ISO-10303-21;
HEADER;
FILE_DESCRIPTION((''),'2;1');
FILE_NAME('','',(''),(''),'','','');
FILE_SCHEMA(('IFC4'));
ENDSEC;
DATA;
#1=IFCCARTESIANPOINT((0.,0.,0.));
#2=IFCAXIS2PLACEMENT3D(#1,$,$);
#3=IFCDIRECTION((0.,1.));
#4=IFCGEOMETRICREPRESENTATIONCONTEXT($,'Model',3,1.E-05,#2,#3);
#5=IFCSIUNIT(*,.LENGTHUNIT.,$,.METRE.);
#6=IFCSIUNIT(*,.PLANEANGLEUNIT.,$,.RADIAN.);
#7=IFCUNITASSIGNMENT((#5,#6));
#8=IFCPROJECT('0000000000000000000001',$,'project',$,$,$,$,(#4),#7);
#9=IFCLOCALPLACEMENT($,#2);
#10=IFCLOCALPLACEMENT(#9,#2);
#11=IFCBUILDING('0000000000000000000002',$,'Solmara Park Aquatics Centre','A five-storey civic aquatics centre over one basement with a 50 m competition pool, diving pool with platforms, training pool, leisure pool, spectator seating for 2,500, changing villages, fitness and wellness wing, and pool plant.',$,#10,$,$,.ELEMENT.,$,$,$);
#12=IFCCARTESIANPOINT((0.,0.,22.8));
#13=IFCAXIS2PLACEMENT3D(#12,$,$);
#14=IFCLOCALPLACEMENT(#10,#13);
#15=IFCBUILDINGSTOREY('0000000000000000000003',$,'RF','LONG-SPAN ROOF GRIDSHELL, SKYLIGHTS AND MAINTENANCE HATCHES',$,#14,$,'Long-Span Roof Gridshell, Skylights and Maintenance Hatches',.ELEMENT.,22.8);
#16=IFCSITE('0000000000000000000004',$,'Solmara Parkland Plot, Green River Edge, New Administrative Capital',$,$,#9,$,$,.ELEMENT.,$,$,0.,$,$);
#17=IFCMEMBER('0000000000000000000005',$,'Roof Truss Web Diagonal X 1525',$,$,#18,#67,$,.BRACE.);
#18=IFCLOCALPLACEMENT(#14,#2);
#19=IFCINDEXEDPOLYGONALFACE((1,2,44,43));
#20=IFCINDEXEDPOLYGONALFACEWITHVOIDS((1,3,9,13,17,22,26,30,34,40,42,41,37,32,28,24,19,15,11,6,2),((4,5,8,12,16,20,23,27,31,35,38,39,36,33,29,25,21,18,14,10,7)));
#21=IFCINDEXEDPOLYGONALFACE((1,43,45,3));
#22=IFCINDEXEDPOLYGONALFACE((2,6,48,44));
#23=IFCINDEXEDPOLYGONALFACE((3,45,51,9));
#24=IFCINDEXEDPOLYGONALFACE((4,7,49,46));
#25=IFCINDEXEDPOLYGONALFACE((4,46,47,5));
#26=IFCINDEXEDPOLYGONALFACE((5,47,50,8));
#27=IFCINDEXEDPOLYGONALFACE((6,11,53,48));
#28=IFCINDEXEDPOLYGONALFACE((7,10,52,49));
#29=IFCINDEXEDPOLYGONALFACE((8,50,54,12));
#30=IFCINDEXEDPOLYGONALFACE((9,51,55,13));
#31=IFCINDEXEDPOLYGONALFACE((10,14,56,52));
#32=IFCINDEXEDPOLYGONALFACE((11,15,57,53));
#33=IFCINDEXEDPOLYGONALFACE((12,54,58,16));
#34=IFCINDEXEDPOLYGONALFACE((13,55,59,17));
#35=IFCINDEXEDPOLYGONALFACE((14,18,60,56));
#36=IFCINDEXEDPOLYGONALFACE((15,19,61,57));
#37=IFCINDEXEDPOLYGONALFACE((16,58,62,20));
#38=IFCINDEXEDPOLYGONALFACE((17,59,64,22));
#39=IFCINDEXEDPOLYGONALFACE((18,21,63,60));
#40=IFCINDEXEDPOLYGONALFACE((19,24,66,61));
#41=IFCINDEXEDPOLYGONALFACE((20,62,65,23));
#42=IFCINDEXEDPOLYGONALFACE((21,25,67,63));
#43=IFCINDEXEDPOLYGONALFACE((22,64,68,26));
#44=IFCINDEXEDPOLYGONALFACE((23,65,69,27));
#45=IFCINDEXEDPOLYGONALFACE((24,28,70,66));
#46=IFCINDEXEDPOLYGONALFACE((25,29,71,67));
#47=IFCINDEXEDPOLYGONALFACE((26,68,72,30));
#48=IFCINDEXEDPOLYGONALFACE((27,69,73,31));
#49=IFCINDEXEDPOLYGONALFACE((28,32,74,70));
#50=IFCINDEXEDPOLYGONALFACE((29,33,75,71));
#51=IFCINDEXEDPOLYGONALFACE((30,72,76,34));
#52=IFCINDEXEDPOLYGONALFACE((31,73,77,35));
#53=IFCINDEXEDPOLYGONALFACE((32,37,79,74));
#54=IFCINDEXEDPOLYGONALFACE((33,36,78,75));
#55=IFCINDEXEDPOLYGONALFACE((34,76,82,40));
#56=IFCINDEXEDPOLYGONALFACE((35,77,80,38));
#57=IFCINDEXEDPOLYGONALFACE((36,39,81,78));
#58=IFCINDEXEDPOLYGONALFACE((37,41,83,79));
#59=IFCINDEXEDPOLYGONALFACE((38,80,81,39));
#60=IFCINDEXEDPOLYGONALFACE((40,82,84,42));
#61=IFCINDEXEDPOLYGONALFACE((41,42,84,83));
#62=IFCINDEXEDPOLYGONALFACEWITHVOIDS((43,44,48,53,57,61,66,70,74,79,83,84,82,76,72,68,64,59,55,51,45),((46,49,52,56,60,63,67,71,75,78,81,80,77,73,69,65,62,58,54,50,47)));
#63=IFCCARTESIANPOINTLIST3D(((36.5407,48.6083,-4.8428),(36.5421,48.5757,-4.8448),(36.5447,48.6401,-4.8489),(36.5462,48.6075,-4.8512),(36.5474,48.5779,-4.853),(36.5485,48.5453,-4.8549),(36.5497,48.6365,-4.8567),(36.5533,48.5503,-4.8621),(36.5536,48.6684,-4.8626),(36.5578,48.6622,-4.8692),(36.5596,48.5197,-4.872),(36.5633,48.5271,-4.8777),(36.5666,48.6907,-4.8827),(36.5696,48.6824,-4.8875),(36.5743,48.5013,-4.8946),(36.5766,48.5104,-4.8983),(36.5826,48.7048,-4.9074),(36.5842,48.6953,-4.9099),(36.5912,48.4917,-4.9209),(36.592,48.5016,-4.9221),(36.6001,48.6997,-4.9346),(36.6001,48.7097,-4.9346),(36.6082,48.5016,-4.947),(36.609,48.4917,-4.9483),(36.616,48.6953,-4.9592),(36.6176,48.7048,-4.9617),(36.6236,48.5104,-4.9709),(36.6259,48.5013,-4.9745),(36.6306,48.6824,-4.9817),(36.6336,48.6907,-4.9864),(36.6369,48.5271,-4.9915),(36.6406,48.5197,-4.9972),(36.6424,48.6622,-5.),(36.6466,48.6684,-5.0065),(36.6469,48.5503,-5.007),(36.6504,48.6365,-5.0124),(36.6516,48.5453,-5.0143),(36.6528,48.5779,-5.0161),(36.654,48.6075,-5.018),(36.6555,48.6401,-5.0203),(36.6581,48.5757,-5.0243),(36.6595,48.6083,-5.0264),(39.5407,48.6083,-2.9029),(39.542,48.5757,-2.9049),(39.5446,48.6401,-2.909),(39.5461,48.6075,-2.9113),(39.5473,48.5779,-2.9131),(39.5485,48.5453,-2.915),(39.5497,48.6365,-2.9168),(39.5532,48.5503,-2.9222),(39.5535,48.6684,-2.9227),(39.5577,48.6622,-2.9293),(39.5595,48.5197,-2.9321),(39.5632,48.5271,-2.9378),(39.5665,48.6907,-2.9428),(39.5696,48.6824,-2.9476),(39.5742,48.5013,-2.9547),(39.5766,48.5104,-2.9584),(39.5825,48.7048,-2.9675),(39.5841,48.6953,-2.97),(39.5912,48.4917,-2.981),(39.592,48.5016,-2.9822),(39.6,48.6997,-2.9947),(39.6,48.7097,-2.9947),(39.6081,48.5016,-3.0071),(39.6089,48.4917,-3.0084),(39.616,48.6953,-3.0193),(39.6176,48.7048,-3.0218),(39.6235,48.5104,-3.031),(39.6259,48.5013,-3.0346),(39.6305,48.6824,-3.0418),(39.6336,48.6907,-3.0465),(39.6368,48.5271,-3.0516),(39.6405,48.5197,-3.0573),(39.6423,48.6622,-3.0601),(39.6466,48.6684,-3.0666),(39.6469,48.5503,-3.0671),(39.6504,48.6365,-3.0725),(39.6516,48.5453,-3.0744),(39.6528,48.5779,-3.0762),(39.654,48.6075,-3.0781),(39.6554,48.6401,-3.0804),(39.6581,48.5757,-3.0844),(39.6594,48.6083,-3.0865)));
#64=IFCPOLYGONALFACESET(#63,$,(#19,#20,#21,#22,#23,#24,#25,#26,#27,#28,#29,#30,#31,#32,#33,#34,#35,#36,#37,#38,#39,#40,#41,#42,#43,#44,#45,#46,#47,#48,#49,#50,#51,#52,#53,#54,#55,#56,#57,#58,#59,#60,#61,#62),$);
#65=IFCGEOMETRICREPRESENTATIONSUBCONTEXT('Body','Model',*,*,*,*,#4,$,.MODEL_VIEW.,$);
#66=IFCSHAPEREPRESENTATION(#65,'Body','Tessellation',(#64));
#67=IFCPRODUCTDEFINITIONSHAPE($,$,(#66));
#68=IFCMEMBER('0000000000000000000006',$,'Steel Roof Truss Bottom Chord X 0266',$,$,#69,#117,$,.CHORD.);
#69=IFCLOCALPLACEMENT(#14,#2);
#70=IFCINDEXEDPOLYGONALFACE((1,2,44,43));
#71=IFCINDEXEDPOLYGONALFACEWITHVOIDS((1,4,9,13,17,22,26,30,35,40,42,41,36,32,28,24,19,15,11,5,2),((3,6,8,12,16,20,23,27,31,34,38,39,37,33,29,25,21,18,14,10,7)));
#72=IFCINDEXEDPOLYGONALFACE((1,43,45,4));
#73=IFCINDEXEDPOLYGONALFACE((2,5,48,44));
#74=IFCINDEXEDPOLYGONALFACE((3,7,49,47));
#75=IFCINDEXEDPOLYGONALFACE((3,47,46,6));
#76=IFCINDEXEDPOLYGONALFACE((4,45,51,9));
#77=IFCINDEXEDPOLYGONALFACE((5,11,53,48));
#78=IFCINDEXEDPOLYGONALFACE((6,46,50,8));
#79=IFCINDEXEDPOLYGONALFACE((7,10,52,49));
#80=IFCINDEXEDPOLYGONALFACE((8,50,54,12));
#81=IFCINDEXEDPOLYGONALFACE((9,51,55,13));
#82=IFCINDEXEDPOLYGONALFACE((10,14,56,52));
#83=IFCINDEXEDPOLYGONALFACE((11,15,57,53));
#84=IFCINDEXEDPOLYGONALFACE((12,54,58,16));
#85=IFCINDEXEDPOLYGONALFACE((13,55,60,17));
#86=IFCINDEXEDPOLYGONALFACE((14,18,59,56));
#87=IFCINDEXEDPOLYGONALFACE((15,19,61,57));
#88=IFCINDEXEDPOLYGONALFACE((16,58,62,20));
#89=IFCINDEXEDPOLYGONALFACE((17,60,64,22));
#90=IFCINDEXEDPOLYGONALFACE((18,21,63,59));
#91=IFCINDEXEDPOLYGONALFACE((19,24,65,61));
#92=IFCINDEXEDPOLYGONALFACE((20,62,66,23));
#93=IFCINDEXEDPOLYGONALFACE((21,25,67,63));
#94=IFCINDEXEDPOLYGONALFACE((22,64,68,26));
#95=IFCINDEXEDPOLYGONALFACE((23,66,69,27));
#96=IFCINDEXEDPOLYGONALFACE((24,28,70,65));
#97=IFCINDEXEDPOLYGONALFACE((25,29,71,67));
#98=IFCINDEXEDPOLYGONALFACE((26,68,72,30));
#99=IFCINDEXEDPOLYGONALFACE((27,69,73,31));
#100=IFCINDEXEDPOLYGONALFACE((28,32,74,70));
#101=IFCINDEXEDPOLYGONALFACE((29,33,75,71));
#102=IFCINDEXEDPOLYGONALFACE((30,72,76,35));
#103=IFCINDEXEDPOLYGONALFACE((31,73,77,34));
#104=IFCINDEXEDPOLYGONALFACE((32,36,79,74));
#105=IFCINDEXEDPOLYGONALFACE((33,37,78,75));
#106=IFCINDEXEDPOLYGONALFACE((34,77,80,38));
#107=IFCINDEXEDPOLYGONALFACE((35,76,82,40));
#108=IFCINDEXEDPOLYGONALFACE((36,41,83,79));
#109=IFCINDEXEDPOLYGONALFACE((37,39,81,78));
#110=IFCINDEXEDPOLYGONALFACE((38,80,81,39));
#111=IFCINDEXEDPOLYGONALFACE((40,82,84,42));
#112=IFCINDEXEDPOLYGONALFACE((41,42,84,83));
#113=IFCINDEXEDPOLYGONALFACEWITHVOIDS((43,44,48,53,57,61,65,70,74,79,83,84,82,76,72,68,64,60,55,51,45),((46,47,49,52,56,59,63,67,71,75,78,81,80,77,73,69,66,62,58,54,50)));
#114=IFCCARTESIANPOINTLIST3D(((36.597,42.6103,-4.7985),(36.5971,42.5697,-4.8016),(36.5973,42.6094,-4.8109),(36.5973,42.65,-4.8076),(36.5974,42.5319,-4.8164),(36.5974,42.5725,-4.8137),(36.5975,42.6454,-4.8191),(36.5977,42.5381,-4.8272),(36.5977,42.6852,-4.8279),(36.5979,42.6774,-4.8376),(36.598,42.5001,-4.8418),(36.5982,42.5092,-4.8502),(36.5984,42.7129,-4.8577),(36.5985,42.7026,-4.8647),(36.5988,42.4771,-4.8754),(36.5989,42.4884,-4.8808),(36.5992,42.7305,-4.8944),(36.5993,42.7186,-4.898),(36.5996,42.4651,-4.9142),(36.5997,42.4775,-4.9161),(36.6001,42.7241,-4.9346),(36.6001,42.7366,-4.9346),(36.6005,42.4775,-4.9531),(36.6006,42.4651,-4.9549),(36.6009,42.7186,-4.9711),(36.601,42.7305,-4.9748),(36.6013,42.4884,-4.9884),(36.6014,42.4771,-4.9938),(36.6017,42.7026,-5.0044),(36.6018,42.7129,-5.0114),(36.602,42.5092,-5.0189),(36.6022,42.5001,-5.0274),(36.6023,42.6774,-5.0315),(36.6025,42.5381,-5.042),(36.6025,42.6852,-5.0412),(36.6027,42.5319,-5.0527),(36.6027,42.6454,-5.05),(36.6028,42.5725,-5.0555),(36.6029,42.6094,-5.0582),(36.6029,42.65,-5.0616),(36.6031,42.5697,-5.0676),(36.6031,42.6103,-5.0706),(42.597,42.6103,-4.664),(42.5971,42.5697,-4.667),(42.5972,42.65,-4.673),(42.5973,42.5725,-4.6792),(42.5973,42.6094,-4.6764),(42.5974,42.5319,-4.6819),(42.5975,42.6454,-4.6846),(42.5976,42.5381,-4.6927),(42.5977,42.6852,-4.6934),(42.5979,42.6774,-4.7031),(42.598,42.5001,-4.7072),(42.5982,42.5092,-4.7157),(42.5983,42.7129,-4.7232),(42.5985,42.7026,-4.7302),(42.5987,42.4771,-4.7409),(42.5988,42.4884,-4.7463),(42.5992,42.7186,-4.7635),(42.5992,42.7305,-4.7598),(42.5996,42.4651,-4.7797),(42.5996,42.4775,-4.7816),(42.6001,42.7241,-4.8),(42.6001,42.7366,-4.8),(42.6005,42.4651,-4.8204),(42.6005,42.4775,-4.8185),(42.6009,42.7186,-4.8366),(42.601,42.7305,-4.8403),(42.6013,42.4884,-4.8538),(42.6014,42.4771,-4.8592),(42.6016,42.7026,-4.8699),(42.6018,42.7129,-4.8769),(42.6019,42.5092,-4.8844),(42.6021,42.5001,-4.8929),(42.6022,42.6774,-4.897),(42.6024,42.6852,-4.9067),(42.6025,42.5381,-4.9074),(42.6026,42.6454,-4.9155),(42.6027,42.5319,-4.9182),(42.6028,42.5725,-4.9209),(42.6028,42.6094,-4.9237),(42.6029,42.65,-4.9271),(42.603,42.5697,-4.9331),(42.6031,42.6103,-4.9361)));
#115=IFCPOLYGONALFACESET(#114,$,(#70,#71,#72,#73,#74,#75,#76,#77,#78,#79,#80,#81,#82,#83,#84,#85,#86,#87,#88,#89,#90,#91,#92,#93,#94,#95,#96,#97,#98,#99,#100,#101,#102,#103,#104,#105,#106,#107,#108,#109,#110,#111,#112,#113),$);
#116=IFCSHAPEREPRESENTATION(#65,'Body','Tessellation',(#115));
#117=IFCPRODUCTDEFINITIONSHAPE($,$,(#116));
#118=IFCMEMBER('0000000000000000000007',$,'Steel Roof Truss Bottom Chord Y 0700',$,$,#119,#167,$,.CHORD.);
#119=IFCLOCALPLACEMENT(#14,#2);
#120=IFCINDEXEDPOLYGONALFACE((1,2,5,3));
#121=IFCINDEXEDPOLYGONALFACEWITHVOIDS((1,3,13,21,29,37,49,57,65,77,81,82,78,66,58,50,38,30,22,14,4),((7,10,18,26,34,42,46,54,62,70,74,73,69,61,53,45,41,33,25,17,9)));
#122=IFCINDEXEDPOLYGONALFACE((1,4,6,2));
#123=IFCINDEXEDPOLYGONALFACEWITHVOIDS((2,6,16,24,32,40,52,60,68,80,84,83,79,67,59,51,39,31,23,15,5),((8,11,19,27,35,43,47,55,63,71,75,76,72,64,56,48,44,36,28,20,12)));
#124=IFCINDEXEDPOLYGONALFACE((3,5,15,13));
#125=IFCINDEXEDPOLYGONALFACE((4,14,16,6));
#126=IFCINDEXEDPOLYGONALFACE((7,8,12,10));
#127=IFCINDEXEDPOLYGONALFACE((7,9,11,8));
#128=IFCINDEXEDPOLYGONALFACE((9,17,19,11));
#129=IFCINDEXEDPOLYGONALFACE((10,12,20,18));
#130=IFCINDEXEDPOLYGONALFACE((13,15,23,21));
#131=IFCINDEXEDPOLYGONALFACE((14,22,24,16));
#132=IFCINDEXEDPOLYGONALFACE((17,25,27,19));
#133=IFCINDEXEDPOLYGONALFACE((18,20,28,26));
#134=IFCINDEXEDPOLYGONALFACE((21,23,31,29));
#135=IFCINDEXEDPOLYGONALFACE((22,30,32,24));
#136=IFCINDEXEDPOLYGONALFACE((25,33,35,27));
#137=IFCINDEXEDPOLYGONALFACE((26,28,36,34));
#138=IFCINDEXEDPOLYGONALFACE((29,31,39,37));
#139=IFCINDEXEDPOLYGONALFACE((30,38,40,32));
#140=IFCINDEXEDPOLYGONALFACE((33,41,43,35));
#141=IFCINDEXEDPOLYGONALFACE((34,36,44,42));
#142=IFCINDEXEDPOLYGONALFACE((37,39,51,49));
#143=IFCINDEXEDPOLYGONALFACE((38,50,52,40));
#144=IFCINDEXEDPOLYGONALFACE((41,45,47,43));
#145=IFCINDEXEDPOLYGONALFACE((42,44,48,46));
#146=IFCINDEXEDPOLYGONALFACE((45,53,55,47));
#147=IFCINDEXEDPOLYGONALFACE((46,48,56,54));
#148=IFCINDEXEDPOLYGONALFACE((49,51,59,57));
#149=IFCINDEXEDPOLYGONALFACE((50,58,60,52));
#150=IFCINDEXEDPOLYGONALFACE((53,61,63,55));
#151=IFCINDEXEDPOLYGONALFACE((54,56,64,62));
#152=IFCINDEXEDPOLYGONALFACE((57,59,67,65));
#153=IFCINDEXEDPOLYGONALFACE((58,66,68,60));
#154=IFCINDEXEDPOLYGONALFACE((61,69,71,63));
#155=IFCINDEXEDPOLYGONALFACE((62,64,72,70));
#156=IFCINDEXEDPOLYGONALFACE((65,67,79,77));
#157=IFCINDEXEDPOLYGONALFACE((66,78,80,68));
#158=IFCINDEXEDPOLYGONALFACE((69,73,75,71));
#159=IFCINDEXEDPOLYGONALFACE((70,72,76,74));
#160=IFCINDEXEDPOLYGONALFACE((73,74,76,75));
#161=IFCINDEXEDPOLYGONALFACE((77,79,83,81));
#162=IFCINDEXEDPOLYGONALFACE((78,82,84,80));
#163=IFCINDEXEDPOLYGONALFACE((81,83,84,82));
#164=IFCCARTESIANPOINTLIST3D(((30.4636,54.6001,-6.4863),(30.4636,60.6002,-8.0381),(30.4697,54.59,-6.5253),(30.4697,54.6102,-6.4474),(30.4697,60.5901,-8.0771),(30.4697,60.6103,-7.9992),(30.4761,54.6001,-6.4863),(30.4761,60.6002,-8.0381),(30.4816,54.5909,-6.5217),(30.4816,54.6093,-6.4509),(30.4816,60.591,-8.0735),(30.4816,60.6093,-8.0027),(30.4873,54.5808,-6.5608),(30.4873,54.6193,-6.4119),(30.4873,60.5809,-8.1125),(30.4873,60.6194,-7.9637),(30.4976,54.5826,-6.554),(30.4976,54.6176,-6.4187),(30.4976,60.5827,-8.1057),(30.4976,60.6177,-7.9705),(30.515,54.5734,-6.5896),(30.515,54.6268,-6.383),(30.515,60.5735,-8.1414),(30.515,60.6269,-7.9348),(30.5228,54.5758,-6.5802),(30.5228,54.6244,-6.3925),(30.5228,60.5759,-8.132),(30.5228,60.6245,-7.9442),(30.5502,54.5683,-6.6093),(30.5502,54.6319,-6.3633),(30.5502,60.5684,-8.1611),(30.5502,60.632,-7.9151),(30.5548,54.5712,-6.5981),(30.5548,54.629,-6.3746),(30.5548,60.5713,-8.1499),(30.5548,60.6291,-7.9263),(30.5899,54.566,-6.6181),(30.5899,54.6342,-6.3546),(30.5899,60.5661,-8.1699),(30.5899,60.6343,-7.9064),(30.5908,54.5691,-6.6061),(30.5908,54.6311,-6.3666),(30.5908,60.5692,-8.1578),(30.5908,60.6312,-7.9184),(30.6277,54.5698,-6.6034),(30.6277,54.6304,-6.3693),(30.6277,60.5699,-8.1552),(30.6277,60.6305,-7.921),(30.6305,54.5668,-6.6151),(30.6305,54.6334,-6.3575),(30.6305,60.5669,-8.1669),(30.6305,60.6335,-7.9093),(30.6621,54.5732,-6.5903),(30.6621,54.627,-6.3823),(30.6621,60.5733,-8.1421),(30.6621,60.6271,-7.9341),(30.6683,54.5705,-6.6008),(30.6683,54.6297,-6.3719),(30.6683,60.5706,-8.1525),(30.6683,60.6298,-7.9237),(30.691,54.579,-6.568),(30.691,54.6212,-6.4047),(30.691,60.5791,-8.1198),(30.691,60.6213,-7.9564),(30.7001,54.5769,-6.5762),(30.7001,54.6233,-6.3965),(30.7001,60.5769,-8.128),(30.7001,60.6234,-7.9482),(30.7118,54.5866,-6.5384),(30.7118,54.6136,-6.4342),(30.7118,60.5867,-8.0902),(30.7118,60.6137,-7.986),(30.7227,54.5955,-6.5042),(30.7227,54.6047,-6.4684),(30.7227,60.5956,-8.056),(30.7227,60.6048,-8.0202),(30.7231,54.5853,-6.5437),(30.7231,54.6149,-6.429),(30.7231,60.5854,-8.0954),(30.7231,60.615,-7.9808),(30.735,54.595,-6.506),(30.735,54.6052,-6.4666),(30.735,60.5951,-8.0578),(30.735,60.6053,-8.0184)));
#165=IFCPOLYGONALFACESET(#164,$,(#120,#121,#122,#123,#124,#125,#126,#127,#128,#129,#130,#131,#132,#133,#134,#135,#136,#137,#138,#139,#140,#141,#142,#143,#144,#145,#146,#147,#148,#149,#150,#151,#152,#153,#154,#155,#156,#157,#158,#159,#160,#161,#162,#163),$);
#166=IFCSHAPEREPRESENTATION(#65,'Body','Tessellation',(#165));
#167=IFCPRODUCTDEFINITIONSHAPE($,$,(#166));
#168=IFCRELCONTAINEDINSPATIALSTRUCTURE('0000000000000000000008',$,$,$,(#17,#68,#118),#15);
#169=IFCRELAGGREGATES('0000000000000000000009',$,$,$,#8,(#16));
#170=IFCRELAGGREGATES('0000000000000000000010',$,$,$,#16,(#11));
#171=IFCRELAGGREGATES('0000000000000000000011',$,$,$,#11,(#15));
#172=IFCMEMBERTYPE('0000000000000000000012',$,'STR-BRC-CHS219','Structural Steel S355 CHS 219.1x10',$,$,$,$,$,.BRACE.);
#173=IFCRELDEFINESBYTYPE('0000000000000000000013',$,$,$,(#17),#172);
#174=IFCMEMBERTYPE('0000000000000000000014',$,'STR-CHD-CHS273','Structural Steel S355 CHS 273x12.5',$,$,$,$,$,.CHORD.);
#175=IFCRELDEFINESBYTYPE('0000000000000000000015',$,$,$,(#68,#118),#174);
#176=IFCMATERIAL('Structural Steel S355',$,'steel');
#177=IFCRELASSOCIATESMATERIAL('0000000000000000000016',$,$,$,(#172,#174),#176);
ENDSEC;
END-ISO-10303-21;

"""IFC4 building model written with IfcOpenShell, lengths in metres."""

from ifc_helpers import new_model, si_unit, direction, frame, origin, origin_2d, place, context, subcontext, project, spatial, hollow_circle, extrude, material, material_profile, profile_set, type_object, element, save


model = new_model("IFC4")

# Units and contexts
model_context = context("Model", 3, precision=1e-05, world=origin(), true_north=direction((0.0, 1.0)))
body_context = subcontext(model_context, "Body", "Model", "MODEL_VIEW")
ifc_project = project(units=[si_unit("LENGTHUNIT", "METRE"), si_unit("PLANEANGLEUNIT", "RADIAN")], contexts=[model_context])

# Site, building, storey
site_placement = place(None, origin())
site = spatial("IfcSite", under=ifc_project, at=site_placement, Name="Solmara Parkland Plot, Green River Edge, New Administrative Capital", CompositionType="ELEMENT", RefElevation=0.0)
building_placement = place(site_placement, origin())
building = spatial("IfcBuilding", under=site, at=building_placement, Name="Solmara Park Aquatics Centre", Description="A five-storey civic aquatics centre over one basement with a 50 m competition pool, diving pool with platforms, training pool, leisure pool, spectator seating for 2,500, changing villages, fitness and wellness wing, and pool plant.", CompositionType="ELEMENT")
storey_placement = place(building_placement, frame((0.0, 0.0, 22.8)))
storey = spatial("IfcBuildingStorey", under=building, at=storey_placement, Name="RF", Description="LONG-SPAN ROOF GRIDSHELL, SKYLIGHTS AND MAINTENANCE HATCHES", LongName="Long-Span Roof Gridshell, Skylights and Maintenance Hatches", CompositionType="ELEMENT", Elevation=22.8)

# Members
ifc_material_1 = material(Name="Structural Steel S355", Category="steel")
ifc_material_profile_1 = material_profile(ifc_material_1, hollow_circle(Radius=0.1096, WallThickness=0.01, at=origin_2d()), Name="CHS 219.1x10")
ifc_profile_set_1 = profile_set([ifc_material_profile_1], Name="Structural Steel S355")
member_type_1 = type_object("IfcMemberType", Name="STR-BRC-CHS219", Description="Structural Steel S355 CHS 219.1x10", PredefinedType="BRACE", material=ifc_profile_set_1)
member_1_placement = place(storey_placement, frame((36.6001, 48.6001, -4.9346), z_axis=(0.839728, 0.0, 0.543008), x_axis=(0.0, 1.0, 0.0)))
element("IfcMember", 1, at=member_1_placement, inside=storey, type_object=member_type_1, Name="Roof Truss Web Diagonal X 1525", PredefinedType="BRACE", context=body_context, shape_type="SweptSolid", body=[
    extrude(hollow_circle(Radius=0.1096, WallThickness=0.01, at=origin_2d()), origin(), (0.0, 0.0, 1.0), 3.5725),
])
ifc_material_profile_2 = material_profile(ifc_material_1, hollow_circle(Radius=0.1365, WallThickness=0.0125, at=origin_2d()), Name="CHS 273x12.5")
ifc_profile_set_2 = profile_set([ifc_material_profile_2], Name="Structural Steel S355")
member_type_2 = type_object("IfcMemberType", Name="STR-CHD-CHS273", Description="Structural Steel S355 CHS 273x12.5", PredefinedType="CHORD", material=ifc_profile_set_2)
member_2_placement = place(storey_placement, frame((36.6001, 42.6001, -4.9346), z_axis=(0.999749, 0.0, 0.022415), x_axis=(0.0, 1.0, 0.0)))
element("IfcMember", 2, at=member_2_placement, inside=storey, type_object=member_type_2, Name="Steel Roof Truss Bottom Chord X 0266", PredefinedType="CHORD", context=body_context, shape_type="SweptSolid", body=[
    extrude(hollow_circle(Radius=0.1365, WallThickness=0.0125, at=origin_2d()), origin(), (0.0, 0.0, 1.0), 6.0015),
])
member_3_placement = place(storey_placement, frame((30.6001, 54.6001, -6.4863), z_axis=(0.0, 0.968146, -0.250388), x_axis=(-1.0, 0.0, 0.0)))
element("IfcMember", 3, at=member_3_placement, inside=storey, type_object=member_type_2, Name="Steel Roof Truss Bottom Chord Y 0700", PredefinedType="CHORD", context=body_context, shape_type="SweptSolid", body=[
    extrude(hollow_circle(Radius=0.1365, WallThickness=0.0125, at=origin_2d()), origin(), (0.0, 0.0, 1.0), 6.1975),
])

save(model, "model.ifc")
